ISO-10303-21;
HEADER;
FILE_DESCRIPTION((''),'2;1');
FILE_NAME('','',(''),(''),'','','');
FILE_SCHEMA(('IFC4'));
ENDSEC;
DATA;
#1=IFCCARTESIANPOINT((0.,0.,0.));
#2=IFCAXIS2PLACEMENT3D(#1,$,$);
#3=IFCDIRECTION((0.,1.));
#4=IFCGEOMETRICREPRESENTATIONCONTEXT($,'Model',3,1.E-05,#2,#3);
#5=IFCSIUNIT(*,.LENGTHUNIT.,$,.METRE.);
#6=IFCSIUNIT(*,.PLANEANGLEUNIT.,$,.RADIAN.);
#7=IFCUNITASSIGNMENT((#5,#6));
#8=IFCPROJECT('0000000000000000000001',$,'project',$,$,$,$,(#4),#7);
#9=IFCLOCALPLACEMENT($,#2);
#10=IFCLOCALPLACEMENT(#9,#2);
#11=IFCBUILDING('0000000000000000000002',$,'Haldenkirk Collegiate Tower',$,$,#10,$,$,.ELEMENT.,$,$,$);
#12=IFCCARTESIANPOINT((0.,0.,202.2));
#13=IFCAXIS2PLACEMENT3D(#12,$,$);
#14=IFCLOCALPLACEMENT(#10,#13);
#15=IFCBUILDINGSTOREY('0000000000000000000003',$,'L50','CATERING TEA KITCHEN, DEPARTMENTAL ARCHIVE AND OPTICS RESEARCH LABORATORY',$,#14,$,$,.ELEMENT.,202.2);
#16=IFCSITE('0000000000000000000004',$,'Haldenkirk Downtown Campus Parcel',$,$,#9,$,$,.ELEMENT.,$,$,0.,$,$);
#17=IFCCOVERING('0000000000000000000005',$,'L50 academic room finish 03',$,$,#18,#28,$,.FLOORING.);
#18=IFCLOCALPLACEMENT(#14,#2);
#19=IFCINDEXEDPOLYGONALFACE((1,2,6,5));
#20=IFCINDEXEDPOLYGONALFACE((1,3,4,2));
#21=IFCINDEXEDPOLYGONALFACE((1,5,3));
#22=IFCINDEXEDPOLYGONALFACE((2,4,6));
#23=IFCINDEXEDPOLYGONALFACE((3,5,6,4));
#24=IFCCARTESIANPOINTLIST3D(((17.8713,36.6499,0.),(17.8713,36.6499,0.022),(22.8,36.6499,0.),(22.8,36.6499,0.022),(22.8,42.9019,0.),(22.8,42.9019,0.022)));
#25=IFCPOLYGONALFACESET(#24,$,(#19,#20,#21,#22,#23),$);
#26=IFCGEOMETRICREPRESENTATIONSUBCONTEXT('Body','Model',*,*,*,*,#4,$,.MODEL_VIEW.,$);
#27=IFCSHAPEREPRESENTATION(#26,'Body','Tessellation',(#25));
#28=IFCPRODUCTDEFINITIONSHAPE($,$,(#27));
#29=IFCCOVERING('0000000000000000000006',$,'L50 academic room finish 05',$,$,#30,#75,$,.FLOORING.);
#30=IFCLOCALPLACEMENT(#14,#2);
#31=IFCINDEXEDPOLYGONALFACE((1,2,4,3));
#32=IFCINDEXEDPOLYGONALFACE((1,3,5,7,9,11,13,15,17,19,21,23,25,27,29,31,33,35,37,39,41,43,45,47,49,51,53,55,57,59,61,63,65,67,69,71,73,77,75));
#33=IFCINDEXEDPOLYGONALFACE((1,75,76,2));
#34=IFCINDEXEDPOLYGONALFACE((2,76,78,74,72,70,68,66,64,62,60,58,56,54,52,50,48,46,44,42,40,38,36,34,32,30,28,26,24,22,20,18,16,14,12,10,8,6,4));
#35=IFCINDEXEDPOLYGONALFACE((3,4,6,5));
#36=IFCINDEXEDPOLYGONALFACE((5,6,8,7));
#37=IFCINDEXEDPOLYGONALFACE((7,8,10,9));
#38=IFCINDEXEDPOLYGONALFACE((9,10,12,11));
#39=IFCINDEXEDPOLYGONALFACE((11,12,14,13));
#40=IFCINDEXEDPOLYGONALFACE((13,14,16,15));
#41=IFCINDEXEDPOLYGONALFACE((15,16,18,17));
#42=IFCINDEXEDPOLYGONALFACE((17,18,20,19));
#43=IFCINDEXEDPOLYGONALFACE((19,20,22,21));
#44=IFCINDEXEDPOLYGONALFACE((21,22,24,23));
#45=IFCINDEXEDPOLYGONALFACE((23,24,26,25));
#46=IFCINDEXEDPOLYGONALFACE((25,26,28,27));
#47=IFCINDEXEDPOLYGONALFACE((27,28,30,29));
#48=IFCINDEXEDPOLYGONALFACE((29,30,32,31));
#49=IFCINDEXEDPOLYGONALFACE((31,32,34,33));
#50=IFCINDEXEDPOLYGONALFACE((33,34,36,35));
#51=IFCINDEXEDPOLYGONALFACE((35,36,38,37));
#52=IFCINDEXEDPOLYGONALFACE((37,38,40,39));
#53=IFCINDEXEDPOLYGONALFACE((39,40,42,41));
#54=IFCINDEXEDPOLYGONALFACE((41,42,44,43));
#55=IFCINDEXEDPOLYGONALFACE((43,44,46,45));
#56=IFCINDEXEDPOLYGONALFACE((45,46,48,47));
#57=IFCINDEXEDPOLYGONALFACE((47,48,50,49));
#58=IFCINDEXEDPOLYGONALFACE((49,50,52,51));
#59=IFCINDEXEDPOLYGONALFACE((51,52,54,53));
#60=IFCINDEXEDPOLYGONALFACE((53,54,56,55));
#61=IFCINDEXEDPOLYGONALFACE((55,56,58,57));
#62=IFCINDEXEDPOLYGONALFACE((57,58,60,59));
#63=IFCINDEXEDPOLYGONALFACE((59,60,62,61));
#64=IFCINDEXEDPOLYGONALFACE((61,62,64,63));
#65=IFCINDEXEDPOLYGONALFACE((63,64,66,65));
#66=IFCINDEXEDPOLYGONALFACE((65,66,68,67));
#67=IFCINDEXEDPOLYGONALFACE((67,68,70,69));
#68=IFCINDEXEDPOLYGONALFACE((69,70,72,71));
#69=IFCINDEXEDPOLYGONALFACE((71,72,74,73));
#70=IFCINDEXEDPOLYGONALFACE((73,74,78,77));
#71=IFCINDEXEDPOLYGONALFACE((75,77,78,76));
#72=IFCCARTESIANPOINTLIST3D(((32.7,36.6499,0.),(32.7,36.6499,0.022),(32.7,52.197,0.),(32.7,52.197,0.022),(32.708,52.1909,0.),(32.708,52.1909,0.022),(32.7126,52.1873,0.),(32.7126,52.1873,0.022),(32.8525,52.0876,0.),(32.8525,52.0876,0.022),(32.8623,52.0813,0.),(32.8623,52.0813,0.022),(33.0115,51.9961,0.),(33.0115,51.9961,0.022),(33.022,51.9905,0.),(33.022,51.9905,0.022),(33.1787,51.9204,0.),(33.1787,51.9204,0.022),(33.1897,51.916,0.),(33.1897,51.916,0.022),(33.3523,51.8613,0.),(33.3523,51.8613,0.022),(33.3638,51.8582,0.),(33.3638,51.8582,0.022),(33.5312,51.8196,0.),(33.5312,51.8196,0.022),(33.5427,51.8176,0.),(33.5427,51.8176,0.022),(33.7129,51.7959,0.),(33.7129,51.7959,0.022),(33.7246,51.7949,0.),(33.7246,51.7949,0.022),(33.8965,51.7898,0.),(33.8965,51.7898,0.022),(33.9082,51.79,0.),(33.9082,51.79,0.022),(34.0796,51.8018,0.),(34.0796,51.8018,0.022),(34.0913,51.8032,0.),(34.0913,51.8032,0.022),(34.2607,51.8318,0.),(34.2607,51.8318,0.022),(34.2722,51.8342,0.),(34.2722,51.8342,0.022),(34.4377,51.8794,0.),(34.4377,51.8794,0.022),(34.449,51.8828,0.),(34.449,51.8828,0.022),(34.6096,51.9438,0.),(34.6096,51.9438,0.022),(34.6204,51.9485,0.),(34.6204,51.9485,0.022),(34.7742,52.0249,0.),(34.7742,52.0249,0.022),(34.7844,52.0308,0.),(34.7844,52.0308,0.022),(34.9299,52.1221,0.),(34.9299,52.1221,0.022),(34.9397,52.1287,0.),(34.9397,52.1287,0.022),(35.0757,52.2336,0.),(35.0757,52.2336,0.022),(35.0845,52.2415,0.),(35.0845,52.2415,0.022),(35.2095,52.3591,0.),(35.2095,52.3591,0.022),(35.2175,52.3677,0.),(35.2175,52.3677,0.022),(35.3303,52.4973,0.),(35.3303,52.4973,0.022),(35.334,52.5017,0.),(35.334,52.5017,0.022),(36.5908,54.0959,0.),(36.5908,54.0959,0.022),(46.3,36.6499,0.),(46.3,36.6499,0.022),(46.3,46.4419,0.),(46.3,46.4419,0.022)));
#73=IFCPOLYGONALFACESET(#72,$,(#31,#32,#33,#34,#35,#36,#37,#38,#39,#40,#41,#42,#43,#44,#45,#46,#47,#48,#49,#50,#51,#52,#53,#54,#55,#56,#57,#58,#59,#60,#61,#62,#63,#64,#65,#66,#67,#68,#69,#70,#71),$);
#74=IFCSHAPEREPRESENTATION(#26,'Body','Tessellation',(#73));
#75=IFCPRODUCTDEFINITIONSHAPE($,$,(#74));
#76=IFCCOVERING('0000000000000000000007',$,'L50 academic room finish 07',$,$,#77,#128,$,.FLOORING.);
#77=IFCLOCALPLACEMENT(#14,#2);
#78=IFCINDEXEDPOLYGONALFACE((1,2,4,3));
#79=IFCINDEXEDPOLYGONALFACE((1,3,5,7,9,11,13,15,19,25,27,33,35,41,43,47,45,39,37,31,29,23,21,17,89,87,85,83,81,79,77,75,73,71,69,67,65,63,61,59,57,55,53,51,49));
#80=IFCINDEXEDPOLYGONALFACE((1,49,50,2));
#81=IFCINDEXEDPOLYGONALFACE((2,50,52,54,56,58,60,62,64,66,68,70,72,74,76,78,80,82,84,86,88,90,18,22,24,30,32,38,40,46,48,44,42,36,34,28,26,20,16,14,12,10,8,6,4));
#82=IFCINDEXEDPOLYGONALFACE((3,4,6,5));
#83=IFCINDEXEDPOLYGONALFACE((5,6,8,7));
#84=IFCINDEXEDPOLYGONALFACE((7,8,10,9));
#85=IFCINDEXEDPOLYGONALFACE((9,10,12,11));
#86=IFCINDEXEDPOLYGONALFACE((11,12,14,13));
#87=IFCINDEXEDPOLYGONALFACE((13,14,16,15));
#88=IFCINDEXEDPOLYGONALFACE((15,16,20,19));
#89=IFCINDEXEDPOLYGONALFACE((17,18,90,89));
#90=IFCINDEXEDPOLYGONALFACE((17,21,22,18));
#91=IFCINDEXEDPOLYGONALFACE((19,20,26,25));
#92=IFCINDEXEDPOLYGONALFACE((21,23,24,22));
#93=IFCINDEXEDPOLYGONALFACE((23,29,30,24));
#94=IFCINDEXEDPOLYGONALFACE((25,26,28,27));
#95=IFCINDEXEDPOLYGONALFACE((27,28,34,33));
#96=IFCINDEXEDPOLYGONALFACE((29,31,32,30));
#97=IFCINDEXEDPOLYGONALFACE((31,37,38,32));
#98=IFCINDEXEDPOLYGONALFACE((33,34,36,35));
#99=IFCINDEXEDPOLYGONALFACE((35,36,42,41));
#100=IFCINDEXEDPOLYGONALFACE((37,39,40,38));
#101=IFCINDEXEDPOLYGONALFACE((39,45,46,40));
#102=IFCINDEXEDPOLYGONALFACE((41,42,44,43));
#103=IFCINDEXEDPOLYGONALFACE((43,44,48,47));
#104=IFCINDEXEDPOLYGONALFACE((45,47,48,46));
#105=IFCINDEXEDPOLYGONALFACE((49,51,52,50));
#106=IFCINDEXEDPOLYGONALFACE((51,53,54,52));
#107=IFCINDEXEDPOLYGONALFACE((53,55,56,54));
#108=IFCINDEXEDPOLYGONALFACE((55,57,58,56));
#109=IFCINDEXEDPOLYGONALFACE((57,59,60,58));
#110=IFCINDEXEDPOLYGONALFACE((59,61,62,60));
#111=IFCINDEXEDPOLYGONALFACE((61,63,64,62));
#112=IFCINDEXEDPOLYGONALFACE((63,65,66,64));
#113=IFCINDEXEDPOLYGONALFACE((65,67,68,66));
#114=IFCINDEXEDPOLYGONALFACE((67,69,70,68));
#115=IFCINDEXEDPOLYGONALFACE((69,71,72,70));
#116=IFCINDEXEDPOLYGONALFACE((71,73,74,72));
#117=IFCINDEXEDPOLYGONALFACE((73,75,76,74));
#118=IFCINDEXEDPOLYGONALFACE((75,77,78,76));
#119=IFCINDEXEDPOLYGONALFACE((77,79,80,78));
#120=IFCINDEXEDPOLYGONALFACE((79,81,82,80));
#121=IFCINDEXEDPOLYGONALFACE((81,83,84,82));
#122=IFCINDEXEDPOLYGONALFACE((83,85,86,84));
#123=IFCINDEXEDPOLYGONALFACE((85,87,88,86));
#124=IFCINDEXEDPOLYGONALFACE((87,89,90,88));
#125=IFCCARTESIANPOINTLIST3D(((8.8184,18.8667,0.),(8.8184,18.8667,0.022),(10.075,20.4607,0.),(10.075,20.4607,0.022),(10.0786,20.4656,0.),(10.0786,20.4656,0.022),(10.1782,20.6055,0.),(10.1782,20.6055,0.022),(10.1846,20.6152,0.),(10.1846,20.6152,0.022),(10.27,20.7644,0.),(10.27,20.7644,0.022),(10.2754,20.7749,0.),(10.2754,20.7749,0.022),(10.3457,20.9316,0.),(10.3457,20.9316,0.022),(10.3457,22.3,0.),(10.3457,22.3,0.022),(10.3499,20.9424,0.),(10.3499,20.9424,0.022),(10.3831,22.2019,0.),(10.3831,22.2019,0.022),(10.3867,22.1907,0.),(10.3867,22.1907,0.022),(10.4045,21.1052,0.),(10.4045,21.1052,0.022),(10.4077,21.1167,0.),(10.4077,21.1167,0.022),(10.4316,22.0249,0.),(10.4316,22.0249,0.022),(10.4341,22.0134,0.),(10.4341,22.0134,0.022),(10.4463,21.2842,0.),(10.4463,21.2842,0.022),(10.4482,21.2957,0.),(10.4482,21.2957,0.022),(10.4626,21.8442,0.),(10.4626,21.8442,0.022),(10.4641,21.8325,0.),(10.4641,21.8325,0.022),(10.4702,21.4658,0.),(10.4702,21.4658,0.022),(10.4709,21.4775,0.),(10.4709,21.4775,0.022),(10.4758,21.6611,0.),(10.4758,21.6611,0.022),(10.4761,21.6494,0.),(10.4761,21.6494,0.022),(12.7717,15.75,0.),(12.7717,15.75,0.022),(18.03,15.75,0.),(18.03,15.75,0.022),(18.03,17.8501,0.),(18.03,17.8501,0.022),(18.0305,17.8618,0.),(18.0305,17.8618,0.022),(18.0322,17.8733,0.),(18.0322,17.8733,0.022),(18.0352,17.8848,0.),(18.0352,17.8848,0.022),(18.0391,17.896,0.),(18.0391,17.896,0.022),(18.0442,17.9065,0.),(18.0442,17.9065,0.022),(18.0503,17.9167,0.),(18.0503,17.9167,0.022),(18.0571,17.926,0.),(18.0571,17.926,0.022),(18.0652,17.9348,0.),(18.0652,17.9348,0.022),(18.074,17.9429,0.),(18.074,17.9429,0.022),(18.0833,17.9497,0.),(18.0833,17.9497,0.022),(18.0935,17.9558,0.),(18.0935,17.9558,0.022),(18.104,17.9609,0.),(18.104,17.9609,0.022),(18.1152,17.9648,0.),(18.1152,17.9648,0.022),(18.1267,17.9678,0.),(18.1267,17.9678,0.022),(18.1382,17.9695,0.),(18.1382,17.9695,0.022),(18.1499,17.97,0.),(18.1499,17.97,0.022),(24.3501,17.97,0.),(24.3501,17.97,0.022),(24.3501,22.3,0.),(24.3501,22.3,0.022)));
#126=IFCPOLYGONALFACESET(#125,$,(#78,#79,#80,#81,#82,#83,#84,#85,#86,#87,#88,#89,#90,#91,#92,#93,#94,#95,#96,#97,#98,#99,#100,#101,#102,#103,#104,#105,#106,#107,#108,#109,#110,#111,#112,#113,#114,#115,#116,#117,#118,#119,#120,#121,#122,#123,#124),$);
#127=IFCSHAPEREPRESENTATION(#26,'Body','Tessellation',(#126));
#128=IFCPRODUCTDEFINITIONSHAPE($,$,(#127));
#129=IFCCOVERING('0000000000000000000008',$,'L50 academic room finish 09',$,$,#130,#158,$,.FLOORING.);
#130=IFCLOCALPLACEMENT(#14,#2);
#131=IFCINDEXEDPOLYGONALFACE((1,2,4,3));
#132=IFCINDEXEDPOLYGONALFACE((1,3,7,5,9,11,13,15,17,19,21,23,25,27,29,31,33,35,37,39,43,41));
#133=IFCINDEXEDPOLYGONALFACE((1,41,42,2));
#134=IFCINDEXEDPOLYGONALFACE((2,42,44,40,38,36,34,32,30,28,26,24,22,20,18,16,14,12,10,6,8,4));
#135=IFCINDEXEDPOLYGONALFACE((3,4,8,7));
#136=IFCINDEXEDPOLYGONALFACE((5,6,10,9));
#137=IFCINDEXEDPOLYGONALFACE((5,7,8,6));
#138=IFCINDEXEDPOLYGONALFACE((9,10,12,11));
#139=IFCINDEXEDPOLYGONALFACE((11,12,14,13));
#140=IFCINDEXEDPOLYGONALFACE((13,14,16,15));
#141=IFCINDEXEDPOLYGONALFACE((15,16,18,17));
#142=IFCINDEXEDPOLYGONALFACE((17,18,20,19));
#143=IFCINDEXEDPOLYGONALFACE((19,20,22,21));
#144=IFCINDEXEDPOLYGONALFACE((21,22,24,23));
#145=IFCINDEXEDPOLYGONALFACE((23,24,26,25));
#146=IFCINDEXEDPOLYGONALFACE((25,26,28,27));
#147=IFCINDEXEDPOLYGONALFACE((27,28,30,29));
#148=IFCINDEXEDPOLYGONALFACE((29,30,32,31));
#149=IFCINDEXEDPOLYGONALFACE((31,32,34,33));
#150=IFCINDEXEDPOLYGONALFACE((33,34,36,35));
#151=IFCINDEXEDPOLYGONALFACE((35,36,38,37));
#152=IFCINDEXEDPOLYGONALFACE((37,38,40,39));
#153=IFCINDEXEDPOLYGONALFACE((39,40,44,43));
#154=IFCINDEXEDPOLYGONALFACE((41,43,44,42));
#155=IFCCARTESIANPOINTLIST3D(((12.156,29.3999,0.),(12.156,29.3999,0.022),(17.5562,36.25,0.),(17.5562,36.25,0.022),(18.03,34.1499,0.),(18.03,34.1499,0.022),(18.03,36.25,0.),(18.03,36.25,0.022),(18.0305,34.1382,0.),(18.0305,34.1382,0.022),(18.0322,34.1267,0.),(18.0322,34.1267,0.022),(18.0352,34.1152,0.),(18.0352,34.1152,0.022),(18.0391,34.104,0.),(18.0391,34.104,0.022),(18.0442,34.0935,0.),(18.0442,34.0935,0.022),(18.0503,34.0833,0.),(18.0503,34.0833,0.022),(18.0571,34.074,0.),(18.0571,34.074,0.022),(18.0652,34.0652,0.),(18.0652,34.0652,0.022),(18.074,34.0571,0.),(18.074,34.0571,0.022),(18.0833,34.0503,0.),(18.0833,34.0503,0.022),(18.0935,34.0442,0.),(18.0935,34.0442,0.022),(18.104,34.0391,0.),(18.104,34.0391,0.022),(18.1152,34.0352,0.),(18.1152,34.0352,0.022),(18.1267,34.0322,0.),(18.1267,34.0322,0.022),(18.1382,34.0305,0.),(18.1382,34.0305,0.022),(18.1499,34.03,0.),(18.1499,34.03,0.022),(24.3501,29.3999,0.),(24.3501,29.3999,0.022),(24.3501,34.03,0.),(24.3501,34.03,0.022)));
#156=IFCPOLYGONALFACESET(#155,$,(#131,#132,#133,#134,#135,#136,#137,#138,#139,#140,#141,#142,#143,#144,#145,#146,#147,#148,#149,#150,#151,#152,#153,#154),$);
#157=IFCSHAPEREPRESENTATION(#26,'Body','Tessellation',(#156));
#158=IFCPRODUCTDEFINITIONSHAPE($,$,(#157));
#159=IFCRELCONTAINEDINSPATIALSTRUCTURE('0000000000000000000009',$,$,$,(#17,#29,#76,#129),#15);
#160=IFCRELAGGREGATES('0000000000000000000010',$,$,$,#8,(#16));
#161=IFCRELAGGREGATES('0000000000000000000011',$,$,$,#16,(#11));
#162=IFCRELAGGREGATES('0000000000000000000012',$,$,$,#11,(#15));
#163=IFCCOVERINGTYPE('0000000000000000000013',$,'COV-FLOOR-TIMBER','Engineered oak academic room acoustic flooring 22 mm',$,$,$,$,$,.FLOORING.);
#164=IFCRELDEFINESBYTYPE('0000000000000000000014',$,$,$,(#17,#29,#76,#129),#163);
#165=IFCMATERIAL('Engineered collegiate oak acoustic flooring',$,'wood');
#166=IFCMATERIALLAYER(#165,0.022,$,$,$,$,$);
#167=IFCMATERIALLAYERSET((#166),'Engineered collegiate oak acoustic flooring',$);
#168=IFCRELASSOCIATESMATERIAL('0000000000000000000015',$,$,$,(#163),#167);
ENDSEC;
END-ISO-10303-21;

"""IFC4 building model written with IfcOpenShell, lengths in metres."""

from ifc_helpers import new_model, si_unit, direction, frame, origin, place, context, subcontext, project, spatial, polyline, outline, extrude, material, layer, layer_set, type_object, element, save


model = new_model("IFC4")

# Units and contexts
model_context = context("Model", 3, precision=1e-05, world=origin(), true_north=direction((0.0, 1.0)))
body_context = subcontext(model_context, "Body", "Model", "MODEL_VIEW")
ifc_project = project(units=[si_unit("LENGTHUNIT", "METRE"), si_unit("PLANEANGLEUNIT", "RADIAN")], contexts=[model_context])

# Site, building, storey
site_placement = place(None, origin())
site = spatial("IfcSite", under=ifc_project, at=site_placement, Name="Haldenkirk Downtown Campus Parcel", CompositionType="ELEMENT", RefElevation=0.0)
building_placement = place(site_placement, origin())
building = spatial("IfcBuilding", under=site, at=building_placement, Name="Haldenkirk Collegiate Tower", CompositionType="ELEMENT")
storey_placement = place(building_placement, frame((0.0, 0.0, 202.2)))
storey = spatial("IfcBuildingStorey", under=building, at=storey_placement, Name="L50", Description="CATERING TEA KITCHEN, DEPARTMENTAL ARCHIVE AND OPTICS RESEARCH LABORATORY", CompositionType="ELEMENT", Elevation=202.2)

# Coverings
ifc_material_1 = material(Name="Engineered collegiate oak acoustic flooring", Category="wood")
ifc_layer_1 = layer(ifc_material_1, 0.022)
ifc_layer_set_1 = layer_set([ifc_layer_1], Name="Engineered collegiate oak acoustic flooring")
covering_type_1 = type_object("IfcCoveringType", Name="COV-FLOOR-TIMBER", Description="Engineered oak academic room acoustic flooring 22 mm", PredefinedType="FLOORING", material=ifc_layer_set_1)
covering_1_placement = place(storey_placement, origin())
element("IfcCovering", 1, at=covering_1_placement, inside=storey, type_object=covering_type_1, Name="L50 academic room finish 03", PredefinedType="FLOORING", context=body_context, shape_type="SweptSolid", body=[
    extrude(outline(polyline([(22.8, 42.9019), (22.8, 36.6499), (17.8713, 36.6499), (22.8, 42.9019)])), origin(), (0.0, 0.0, 1.0), 0.022),
])
covering_2_placement = place(storey_placement, origin())
element("IfcCovering", 2, at=covering_2_placement, inside=storey, type_object=covering_type_1, Name="L50 academic room finish 05", PredefinedType="FLOORING", context=body_context, shape_type="SweptSolid", body=[
    extrude(outline(polyline([(32.708, 52.1909), (32.7126, 52.1873), (32.8525, 52.0876), (32.8623, 52.0813), (33.0115, 51.9961), (33.022, 51.9905), (33.1787, 51.9204), (33.1897, 51.916), (33.3523, 51.8613), (33.3638, 51.8582), (33.5312, 51.8196), (33.5427, 51.8176), (33.7129, 51.7959), (33.7246, 51.7949), (33.8965, 51.7898), (33.9082, 51.79), (34.0796, 51.8018), (34.0913, 51.8032), (34.2607, 51.8318), (34.2722, 51.8342), (34.4377, 51.8794), (34.449, 51.8828), (34.6096, 51.9438), (34.6204, 51.9485), (34.7742, 52.0249), (34.7844, 52.0308), (34.9299, 52.1221), (34.9397, 52.1287), (35.0757, 52.2336), (35.0845, 52.2415), (35.2095, 52.3591), (35.2175, 52.3677), (35.3303, 52.4973), (35.334, 52.5017), (36.5908, 54.0959), (46.3, 46.4419), (46.3, 36.6499), (32.7, 36.6499), (32.7, 52.197), (32.708, 52.1909)])), origin(), (0.0, 0.0, 1.0), 0.022),
])
covering_3_placement = place(storey_placement, origin())
element("IfcCovering", 3, at=covering_3_placement, inside=storey, type_object=covering_type_1, Name="L50 academic room finish 07", PredefinedType="FLOORING", context=body_context, shape_type="SweptSolid", body=[
    extrude(outline(polyline([(10.075, 20.4607), (10.0786, 20.4656), (10.1782, 20.6055), (10.1846, 20.6152), (10.27, 20.7644), (10.2754, 20.7749), (10.3457, 20.9316), (10.3499, 20.9424), (10.4045, 21.1052), (10.4077, 21.1167), (10.4463, 21.2842), (10.4482, 21.2957), (10.4702, 21.4658), (10.4709, 21.4775), (10.4761, 21.6494), (10.4758, 21.6611), (10.4641, 21.8325), (10.4626, 21.8442), (10.4341, 22.0134), (10.4316, 22.0249), (10.3867, 22.1907), (10.3831, 22.2019), (10.3457, 22.3), (24.3501, 22.3), (24.3501, 17.97), (18.1499, 17.97), (18.1382, 17.9695), (18.1267, 17.9678), (18.1152, 17.9648), (18.104, 17.9609), (18.0935, 17.9558), (18.0833, 17.9497), (18.074, 17.9429), (18.0652, 17.9348), (18.0571, 17.926), (18.0503, 17.9167), (18.0442, 17.9065), (18.0391, 17.896), (18.0352, 17.8848), (18.0322, 17.8733), (18.0305, 17.8618), (18.03, 17.8501), (18.03, 15.75), (12.7717, 15.75), (8.8184, 18.8667), (10.075, 20.4607)])), origin(), (0.0, 0.0, 1.0), 0.022),
])
covering_4_placement = place(storey_placement, origin())
element("IfcCovering", 4, at=covering_4_placement, inside=storey, type_object=covering_type_1, Name="L50 academic room finish 09", PredefinedType="FLOORING", context=body_context, shape_type="SweptSolid", body=[
    extrude(outline(polyline([(17.5562, 36.25), (18.03, 36.25), (18.03, 34.1499), (18.0305, 34.1382), (18.0322, 34.1267), (18.0352, 34.1152), (18.0391, 34.104), (18.0442, 34.0935), (18.0503, 34.0833), (18.0571, 34.074), (18.0652, 34.0652), (18.074, 34.0571), (18.0833, 34.0503), (18.0935, 34.0442), (18.104, 34.0391), (18.1152, 34.0352), (18.1267, 34.0322), (18.1382, 34.0305), (18.1499, 34.03), (24.3501, 34.03), (24.3501, 29.3999), (12.156, 29.3999), (17.5562, 36.25)])), origin(), (0.0, 0.0, 1.0), 0.022),
])

save(model, "model.ifc")
